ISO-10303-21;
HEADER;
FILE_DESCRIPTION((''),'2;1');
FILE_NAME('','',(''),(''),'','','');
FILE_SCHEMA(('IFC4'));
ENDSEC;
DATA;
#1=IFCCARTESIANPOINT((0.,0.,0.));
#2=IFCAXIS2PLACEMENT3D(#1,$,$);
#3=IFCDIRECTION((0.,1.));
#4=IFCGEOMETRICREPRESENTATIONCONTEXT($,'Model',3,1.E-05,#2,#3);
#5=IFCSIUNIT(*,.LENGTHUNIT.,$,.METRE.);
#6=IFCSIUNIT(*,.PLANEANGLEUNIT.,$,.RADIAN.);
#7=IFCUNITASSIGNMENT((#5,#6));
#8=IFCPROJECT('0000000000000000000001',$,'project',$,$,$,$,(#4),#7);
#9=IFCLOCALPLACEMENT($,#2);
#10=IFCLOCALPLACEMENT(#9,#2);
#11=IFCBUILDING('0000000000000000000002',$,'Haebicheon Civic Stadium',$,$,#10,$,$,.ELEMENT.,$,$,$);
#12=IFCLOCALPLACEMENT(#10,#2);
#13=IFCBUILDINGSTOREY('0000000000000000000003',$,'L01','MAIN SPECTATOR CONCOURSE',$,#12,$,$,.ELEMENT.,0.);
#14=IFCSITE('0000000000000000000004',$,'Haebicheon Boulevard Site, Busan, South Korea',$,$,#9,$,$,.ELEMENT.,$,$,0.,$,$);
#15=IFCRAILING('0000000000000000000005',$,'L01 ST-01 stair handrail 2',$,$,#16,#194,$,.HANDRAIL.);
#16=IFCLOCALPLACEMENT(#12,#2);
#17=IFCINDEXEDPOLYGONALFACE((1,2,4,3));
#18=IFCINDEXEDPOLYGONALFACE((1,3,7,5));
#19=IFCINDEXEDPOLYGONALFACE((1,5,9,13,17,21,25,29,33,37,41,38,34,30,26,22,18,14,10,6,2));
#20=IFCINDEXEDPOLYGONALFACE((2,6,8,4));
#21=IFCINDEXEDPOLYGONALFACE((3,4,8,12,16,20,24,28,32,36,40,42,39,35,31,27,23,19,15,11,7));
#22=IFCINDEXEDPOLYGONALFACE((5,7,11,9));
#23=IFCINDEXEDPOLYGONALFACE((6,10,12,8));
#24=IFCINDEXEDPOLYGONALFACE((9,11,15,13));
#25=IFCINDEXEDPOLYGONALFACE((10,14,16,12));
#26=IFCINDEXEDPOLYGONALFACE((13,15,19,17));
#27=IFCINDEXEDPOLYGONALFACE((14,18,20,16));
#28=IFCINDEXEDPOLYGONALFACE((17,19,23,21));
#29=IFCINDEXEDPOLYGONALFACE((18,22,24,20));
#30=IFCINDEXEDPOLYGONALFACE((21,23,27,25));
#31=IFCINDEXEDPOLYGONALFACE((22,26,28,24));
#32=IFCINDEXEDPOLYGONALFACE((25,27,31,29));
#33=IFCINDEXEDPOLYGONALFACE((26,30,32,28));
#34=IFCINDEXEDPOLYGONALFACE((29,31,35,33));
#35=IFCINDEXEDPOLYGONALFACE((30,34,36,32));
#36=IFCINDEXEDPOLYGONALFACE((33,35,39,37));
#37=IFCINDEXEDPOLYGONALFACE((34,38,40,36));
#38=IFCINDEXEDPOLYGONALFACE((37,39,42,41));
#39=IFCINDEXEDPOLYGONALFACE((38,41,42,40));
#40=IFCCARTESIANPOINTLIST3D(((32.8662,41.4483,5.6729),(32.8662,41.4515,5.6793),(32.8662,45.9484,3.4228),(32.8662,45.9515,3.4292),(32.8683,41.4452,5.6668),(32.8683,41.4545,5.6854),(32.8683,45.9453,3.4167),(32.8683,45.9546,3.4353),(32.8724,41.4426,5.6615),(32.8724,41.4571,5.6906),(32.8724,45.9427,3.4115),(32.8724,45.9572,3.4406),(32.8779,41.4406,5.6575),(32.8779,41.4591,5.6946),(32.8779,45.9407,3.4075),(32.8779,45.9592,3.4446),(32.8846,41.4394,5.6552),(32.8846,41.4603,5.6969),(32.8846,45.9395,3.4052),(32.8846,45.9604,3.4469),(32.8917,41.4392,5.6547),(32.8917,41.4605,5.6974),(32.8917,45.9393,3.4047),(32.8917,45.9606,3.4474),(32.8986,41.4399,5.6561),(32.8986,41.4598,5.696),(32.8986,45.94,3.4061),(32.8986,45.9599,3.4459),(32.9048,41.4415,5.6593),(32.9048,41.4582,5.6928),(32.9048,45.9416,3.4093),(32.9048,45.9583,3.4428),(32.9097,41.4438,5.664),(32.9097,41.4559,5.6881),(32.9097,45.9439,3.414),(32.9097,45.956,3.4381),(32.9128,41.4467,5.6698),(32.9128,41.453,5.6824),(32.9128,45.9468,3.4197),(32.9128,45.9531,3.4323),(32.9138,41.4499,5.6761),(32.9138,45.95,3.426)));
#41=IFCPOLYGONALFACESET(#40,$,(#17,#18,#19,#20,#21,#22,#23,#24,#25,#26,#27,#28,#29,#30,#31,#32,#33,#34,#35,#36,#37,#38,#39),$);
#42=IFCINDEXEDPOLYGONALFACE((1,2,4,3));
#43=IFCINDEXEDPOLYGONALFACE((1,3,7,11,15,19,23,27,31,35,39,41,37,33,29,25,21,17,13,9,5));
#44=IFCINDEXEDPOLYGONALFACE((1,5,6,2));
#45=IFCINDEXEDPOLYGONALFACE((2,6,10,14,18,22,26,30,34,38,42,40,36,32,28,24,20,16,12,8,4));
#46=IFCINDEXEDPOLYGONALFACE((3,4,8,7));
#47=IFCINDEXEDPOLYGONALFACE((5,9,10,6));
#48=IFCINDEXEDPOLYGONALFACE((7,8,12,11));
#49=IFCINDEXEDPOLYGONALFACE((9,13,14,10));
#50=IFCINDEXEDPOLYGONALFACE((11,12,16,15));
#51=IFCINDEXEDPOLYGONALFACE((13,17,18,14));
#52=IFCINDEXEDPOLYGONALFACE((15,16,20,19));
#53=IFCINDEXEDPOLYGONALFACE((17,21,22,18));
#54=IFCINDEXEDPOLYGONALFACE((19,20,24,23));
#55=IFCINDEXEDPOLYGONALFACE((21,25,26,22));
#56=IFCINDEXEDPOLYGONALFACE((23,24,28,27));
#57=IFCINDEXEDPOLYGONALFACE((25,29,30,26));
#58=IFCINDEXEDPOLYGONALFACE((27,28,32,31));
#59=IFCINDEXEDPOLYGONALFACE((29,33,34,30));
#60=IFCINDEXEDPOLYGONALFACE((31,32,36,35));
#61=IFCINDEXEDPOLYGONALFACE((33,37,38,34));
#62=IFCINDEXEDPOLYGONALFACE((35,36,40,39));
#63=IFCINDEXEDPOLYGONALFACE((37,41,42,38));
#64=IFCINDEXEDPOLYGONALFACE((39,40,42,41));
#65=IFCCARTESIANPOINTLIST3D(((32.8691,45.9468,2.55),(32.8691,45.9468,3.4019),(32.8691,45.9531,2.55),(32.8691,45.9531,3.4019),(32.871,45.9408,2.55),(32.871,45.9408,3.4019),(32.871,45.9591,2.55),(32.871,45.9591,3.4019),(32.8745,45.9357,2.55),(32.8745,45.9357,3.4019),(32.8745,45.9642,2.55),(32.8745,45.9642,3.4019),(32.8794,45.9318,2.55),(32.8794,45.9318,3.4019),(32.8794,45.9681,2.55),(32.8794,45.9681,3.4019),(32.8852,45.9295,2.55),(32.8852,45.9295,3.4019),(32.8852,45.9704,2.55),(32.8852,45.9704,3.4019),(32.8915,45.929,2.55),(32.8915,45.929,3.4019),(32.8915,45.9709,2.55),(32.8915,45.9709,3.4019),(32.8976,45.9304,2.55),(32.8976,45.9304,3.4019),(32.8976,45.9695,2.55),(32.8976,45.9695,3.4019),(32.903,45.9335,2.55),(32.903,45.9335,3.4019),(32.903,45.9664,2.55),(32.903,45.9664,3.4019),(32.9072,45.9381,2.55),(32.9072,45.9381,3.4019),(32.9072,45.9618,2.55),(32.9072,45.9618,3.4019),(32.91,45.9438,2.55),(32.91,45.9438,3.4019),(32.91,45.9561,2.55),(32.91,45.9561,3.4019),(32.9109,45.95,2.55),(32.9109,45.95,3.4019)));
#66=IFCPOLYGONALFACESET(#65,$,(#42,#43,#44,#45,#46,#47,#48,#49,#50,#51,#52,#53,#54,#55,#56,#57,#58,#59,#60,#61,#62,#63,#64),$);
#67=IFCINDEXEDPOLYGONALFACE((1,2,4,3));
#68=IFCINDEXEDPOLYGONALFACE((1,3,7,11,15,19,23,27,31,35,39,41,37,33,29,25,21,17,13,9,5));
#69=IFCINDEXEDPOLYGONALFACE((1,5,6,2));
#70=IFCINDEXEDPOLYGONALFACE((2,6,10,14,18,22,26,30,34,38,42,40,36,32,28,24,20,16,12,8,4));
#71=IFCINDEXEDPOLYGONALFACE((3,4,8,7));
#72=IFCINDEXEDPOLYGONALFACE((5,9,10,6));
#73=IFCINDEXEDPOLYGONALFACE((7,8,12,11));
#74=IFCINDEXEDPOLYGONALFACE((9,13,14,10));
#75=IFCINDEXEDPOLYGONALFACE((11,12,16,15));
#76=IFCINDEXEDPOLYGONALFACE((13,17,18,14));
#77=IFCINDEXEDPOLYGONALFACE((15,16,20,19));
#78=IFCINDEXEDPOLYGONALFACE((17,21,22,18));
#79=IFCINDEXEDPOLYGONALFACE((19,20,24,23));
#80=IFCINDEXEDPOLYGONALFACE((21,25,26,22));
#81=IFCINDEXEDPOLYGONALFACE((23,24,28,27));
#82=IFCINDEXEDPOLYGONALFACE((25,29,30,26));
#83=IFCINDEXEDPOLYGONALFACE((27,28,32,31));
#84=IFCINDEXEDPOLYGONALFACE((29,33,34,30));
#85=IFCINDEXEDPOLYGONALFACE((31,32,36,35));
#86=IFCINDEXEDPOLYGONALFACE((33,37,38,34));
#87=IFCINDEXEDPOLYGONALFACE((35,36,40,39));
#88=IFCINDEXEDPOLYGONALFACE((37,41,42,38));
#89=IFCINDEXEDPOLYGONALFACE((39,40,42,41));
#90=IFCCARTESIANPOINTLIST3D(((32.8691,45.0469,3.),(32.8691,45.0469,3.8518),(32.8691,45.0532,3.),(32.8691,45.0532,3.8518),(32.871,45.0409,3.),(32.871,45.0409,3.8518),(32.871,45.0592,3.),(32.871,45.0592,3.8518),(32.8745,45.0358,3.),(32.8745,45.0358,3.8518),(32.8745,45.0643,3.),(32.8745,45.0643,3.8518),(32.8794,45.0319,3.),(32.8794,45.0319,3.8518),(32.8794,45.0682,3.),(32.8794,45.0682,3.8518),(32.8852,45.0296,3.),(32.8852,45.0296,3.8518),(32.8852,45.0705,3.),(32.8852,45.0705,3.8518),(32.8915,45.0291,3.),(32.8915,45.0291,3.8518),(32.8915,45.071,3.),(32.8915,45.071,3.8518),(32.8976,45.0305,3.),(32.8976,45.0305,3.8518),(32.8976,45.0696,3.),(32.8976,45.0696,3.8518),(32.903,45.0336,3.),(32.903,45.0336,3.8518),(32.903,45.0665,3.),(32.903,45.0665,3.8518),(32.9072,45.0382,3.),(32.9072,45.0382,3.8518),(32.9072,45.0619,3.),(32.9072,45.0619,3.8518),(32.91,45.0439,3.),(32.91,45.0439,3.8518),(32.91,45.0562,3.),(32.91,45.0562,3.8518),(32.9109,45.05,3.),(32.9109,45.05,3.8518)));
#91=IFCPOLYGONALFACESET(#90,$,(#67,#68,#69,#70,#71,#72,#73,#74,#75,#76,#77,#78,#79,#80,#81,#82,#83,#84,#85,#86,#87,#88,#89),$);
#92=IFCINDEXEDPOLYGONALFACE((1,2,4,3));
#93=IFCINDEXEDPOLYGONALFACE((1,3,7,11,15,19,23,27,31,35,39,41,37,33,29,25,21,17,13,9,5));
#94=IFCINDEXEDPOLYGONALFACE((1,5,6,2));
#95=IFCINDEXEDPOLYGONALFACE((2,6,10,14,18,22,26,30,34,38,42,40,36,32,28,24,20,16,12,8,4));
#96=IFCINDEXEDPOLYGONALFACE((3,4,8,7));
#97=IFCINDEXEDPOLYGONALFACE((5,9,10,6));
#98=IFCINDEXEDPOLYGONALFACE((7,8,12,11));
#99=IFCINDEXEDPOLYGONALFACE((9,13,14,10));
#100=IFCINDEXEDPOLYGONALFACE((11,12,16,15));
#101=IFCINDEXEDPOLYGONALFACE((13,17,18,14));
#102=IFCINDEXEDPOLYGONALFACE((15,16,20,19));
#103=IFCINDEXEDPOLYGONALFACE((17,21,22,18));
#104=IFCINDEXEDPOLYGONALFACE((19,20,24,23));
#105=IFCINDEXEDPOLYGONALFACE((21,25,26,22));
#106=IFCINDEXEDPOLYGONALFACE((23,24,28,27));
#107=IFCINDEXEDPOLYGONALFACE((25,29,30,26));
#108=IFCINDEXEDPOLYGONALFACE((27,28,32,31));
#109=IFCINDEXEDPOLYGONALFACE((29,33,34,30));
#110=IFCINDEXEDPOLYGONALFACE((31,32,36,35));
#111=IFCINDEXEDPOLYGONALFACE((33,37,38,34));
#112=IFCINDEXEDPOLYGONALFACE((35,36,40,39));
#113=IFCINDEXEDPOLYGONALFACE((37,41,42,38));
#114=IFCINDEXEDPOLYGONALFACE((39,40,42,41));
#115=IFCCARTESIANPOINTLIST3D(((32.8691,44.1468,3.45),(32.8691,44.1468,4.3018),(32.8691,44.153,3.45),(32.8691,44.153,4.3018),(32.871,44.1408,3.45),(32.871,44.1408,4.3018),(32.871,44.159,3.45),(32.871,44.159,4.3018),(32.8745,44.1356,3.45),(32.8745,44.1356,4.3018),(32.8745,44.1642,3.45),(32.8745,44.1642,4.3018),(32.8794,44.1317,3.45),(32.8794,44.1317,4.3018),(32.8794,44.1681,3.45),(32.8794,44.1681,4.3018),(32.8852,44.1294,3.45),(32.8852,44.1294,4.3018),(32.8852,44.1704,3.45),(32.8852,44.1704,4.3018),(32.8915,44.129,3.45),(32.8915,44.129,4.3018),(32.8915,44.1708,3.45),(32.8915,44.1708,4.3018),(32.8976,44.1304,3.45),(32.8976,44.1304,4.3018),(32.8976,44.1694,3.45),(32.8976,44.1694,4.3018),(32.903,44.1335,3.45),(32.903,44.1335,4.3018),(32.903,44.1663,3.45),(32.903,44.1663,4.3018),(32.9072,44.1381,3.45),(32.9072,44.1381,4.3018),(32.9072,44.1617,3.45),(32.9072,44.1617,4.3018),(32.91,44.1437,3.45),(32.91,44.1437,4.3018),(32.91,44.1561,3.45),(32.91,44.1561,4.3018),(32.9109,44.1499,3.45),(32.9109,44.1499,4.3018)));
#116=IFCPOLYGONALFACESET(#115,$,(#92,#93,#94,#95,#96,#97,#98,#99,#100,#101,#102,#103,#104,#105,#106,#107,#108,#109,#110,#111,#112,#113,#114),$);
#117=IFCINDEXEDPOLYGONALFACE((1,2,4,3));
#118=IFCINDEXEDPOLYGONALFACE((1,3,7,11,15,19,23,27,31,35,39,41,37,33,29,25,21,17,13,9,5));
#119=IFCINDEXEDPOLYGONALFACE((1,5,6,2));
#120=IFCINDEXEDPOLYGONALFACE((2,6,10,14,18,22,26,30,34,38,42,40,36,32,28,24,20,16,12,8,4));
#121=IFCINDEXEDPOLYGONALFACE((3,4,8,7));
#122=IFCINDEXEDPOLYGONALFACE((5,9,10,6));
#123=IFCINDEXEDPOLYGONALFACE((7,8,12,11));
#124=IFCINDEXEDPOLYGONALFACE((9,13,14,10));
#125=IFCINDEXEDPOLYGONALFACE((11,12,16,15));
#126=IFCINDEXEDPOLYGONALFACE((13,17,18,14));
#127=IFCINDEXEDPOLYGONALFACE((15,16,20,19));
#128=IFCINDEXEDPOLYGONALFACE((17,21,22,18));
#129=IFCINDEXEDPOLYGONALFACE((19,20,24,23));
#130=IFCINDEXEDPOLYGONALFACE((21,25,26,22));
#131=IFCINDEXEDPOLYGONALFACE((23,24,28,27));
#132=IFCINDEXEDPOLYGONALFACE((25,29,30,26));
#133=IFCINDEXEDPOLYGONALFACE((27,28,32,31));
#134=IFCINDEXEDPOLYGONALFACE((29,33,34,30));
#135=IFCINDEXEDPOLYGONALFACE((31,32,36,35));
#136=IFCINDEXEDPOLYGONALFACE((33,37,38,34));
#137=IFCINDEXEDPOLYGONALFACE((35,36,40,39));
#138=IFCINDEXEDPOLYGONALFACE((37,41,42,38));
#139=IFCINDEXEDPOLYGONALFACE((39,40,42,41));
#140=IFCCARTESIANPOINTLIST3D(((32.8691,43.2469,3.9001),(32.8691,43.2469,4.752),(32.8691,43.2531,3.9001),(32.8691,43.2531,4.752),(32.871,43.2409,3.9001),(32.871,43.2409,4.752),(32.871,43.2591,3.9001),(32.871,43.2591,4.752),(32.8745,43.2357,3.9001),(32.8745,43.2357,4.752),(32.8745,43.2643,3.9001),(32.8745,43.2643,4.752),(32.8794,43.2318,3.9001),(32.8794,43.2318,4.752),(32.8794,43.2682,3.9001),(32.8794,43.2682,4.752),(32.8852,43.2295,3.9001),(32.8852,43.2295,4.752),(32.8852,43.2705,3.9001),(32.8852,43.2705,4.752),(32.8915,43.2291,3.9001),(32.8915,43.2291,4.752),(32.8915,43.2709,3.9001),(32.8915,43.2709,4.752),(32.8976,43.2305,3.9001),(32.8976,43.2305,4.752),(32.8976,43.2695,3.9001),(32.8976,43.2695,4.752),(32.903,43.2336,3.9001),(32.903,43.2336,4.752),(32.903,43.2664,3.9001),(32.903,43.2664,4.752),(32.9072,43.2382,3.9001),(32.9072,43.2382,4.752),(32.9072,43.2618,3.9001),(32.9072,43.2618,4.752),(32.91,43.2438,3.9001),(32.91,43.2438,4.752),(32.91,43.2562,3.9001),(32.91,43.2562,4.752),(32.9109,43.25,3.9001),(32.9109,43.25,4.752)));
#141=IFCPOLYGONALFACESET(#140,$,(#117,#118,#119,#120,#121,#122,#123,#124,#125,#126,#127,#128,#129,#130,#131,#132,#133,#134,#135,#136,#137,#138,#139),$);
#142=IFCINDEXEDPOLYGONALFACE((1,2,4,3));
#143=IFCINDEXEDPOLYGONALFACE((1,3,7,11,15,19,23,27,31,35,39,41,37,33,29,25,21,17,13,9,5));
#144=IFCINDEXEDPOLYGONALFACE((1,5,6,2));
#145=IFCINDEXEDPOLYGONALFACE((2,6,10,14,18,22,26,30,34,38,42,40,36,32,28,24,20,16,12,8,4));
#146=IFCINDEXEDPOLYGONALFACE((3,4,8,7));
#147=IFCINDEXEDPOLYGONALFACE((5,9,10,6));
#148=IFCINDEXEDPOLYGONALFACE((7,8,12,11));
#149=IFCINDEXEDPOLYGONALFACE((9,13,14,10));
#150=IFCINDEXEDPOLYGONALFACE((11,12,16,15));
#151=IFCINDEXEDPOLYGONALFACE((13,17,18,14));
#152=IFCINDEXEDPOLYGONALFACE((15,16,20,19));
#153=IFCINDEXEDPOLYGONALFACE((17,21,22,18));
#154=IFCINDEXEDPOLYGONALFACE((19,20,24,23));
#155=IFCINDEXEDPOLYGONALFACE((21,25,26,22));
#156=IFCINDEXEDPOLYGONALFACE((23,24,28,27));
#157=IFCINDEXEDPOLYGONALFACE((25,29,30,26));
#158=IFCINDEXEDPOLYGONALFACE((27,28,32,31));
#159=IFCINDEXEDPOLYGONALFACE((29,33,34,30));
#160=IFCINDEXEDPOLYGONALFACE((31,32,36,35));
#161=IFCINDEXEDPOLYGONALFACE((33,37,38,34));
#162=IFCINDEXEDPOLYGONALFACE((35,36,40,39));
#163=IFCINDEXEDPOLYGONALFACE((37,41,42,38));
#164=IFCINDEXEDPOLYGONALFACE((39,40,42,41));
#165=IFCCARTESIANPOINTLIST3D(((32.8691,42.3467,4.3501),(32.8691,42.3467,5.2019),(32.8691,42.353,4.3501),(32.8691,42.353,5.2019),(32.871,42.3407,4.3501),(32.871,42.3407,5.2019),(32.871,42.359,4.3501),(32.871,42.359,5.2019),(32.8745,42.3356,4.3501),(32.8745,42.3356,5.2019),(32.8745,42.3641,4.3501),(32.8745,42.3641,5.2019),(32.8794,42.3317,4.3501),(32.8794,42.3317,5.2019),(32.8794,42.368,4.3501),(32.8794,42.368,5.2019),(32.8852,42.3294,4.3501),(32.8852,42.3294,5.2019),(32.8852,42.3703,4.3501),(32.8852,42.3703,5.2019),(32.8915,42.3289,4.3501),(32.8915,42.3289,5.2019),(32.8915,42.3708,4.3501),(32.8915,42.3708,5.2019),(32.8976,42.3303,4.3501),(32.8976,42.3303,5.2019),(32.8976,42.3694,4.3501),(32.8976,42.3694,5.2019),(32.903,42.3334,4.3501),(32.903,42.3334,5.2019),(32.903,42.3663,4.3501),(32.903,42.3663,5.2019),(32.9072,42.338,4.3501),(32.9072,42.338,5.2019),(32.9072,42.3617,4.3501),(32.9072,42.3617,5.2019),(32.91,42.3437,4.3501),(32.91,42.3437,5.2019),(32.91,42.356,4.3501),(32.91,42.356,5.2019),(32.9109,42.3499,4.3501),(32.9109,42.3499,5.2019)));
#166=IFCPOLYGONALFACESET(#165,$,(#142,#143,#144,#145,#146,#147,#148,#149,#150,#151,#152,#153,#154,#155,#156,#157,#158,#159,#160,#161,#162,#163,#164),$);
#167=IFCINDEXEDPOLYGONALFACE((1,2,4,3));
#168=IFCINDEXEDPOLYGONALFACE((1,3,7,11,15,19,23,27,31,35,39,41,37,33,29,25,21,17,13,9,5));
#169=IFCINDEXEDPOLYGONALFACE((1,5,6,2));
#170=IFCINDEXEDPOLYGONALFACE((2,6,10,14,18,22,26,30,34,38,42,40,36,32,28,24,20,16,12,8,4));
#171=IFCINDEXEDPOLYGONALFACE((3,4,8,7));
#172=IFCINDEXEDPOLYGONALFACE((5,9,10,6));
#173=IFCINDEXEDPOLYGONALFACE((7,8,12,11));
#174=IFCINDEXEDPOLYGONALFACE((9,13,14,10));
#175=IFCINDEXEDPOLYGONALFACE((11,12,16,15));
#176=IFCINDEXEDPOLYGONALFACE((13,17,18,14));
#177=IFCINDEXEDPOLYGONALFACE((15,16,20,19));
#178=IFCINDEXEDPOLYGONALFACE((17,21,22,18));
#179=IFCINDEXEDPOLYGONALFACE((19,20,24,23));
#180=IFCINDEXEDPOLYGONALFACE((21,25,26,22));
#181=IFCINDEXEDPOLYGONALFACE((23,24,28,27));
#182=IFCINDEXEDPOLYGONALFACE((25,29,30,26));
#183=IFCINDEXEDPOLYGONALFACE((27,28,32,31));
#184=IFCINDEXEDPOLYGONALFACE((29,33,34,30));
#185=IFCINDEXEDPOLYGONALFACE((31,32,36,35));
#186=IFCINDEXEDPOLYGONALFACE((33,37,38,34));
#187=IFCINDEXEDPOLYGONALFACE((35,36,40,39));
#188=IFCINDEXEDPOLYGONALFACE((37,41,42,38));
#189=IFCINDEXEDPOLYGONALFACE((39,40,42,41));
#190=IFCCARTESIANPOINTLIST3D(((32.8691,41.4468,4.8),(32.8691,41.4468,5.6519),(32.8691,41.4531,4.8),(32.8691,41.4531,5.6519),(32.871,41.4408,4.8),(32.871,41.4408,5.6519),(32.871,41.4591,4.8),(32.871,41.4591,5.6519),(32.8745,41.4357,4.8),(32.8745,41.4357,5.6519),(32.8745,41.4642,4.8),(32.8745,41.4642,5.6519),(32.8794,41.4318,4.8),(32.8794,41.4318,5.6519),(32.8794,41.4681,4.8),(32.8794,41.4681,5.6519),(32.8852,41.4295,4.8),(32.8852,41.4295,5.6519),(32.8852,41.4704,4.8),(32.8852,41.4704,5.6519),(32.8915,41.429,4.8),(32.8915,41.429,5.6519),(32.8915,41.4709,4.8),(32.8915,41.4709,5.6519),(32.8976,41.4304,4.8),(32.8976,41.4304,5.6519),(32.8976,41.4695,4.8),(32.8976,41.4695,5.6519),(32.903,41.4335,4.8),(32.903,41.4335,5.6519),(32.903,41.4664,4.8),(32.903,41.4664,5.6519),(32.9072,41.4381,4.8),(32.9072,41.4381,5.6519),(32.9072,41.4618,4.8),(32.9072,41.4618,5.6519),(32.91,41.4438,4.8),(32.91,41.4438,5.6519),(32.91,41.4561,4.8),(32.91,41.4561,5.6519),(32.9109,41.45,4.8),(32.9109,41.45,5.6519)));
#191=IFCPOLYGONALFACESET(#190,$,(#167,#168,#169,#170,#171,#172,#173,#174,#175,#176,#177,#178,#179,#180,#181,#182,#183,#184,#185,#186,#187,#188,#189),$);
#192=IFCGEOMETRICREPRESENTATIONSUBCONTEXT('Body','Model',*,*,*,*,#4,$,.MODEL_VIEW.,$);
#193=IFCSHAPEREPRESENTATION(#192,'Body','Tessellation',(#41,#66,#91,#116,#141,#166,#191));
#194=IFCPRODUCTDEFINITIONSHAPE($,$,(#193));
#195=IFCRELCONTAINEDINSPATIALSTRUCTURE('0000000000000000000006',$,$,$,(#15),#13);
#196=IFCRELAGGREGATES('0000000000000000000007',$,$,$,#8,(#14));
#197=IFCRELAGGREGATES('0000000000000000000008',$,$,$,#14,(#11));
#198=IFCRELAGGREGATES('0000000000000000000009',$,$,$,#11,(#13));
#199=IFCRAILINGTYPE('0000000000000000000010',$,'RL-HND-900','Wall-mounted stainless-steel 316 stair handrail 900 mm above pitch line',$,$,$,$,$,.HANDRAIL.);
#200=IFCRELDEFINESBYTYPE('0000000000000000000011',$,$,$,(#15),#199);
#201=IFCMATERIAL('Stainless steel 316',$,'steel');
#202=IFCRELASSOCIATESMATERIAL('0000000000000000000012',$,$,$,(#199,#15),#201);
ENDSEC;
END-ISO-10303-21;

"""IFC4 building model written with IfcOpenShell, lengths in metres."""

from ifc_helpers import new_model, si_unit, direction, frame, origin, origin_2d, place, context, subcontext, project, spatial, circle, extrude, material, type_object, element, save


model = new_model("IFC4")

# Units and contexts
model_context = context("Model", 3, precision=1e-05, world=origin(), true_north=direction((0.0, 1.0)))
body_context = subcontext(model_context, "Body", "Model", "MODEL_VIEW")
ifc_project = project(units=[si_unit("LENGTHUNIT", "METRE"), si_unit("PLANEANGLEUNIT", "RADIAN")], contexts=[model_context])

# Site, building, storey
site_placement = place(None, origin())
site = spatial("IfcSite", under=ifc_project, at=site_placement, Name="Haebicheon Boulevard Site, Busan, South Korea", CompositionType="ELEMENT", RefElevation=0.0)
building_placement = place(site_placement, origin())
building = spatial("IfcBuilding", under=site, at=building_placement, Name="Haebicheon Civic Stadium", CompositionType="ELEMENT")
storey_placement = place(building_placement, origin())
storey = spatial("IfcBuildingStorey", under=building, at=storey_placement, Name="L01", Description="MAIN SPECTATOR CONCOURSE", CompositionType="ELEMENT", Elevation=0.0)

# Railing
ifc_material_1 = material(Name="Stainless steel 316", Category="steel")
railing_type_1 = type_object("IfcRailingType", Name="RL-HND-900", Description="Wall-mounted stainless-steel 316 stair handrail 900 mm above pitch line", PredefinedType="HANDRAIL", material=ifc_material_1)
railing_1_placement = place(storey_placement, frame((32.8899, 45.95, 2.55)))
element("IfcRailing", 1, at=railing_1_placement, inside=storey, type_object=railing_type_1, material=ifc_material_1, Name="L01 ST-01 stair handrail 2", PredefinedType="HANDRAIL", context=body_context, shape_type="SweptSolid", body=[
    extrude(circle(Radius=0.0239, at=origin_2d()), frame((0.0, 0.0, 0.876), z_axis=(0.0, -0.894427, 0.447214), x_axis=(1.0, 0.0, 0.0)), (0.0, 0.0, 1.0), 5.0312),
    extrude(circle(Radius=0.021, at=origin_2d()), origin(), (0.0, 0.0, 1.0), 0.8518),
    extrude(circle(Radius=0.021, at=origin_2d()), frame((0.0, -0.8999, 0.45)), (0.0, 0.0, 1.0), 0.8518),
    extrude(circle(Radius=0.021, at=origin_2d()), frame((0.0, -1.8, 0.8999)), (0.0, 0.0, 1.0), 0.8518),
    extrude(circle(Radius=0.021, at=origin_2d()), frame((0.0, -2.7, 1.3501)), (0.0, 0.0, 1.0), 0.8518),
    extrude(circle(Radius=0.021, at=origin_2d()), frame((0.0, -3.6001, 1.8)), (0.0, 0.0, 1.0), 0.8518),
    extrude(circle(Radius=0.021, at=origin_2d()), frame((0.0, -4.5, 2.25)), (0.0, 0.0, 1.0), 0.8518),
])

save(model, "model.ifc")
